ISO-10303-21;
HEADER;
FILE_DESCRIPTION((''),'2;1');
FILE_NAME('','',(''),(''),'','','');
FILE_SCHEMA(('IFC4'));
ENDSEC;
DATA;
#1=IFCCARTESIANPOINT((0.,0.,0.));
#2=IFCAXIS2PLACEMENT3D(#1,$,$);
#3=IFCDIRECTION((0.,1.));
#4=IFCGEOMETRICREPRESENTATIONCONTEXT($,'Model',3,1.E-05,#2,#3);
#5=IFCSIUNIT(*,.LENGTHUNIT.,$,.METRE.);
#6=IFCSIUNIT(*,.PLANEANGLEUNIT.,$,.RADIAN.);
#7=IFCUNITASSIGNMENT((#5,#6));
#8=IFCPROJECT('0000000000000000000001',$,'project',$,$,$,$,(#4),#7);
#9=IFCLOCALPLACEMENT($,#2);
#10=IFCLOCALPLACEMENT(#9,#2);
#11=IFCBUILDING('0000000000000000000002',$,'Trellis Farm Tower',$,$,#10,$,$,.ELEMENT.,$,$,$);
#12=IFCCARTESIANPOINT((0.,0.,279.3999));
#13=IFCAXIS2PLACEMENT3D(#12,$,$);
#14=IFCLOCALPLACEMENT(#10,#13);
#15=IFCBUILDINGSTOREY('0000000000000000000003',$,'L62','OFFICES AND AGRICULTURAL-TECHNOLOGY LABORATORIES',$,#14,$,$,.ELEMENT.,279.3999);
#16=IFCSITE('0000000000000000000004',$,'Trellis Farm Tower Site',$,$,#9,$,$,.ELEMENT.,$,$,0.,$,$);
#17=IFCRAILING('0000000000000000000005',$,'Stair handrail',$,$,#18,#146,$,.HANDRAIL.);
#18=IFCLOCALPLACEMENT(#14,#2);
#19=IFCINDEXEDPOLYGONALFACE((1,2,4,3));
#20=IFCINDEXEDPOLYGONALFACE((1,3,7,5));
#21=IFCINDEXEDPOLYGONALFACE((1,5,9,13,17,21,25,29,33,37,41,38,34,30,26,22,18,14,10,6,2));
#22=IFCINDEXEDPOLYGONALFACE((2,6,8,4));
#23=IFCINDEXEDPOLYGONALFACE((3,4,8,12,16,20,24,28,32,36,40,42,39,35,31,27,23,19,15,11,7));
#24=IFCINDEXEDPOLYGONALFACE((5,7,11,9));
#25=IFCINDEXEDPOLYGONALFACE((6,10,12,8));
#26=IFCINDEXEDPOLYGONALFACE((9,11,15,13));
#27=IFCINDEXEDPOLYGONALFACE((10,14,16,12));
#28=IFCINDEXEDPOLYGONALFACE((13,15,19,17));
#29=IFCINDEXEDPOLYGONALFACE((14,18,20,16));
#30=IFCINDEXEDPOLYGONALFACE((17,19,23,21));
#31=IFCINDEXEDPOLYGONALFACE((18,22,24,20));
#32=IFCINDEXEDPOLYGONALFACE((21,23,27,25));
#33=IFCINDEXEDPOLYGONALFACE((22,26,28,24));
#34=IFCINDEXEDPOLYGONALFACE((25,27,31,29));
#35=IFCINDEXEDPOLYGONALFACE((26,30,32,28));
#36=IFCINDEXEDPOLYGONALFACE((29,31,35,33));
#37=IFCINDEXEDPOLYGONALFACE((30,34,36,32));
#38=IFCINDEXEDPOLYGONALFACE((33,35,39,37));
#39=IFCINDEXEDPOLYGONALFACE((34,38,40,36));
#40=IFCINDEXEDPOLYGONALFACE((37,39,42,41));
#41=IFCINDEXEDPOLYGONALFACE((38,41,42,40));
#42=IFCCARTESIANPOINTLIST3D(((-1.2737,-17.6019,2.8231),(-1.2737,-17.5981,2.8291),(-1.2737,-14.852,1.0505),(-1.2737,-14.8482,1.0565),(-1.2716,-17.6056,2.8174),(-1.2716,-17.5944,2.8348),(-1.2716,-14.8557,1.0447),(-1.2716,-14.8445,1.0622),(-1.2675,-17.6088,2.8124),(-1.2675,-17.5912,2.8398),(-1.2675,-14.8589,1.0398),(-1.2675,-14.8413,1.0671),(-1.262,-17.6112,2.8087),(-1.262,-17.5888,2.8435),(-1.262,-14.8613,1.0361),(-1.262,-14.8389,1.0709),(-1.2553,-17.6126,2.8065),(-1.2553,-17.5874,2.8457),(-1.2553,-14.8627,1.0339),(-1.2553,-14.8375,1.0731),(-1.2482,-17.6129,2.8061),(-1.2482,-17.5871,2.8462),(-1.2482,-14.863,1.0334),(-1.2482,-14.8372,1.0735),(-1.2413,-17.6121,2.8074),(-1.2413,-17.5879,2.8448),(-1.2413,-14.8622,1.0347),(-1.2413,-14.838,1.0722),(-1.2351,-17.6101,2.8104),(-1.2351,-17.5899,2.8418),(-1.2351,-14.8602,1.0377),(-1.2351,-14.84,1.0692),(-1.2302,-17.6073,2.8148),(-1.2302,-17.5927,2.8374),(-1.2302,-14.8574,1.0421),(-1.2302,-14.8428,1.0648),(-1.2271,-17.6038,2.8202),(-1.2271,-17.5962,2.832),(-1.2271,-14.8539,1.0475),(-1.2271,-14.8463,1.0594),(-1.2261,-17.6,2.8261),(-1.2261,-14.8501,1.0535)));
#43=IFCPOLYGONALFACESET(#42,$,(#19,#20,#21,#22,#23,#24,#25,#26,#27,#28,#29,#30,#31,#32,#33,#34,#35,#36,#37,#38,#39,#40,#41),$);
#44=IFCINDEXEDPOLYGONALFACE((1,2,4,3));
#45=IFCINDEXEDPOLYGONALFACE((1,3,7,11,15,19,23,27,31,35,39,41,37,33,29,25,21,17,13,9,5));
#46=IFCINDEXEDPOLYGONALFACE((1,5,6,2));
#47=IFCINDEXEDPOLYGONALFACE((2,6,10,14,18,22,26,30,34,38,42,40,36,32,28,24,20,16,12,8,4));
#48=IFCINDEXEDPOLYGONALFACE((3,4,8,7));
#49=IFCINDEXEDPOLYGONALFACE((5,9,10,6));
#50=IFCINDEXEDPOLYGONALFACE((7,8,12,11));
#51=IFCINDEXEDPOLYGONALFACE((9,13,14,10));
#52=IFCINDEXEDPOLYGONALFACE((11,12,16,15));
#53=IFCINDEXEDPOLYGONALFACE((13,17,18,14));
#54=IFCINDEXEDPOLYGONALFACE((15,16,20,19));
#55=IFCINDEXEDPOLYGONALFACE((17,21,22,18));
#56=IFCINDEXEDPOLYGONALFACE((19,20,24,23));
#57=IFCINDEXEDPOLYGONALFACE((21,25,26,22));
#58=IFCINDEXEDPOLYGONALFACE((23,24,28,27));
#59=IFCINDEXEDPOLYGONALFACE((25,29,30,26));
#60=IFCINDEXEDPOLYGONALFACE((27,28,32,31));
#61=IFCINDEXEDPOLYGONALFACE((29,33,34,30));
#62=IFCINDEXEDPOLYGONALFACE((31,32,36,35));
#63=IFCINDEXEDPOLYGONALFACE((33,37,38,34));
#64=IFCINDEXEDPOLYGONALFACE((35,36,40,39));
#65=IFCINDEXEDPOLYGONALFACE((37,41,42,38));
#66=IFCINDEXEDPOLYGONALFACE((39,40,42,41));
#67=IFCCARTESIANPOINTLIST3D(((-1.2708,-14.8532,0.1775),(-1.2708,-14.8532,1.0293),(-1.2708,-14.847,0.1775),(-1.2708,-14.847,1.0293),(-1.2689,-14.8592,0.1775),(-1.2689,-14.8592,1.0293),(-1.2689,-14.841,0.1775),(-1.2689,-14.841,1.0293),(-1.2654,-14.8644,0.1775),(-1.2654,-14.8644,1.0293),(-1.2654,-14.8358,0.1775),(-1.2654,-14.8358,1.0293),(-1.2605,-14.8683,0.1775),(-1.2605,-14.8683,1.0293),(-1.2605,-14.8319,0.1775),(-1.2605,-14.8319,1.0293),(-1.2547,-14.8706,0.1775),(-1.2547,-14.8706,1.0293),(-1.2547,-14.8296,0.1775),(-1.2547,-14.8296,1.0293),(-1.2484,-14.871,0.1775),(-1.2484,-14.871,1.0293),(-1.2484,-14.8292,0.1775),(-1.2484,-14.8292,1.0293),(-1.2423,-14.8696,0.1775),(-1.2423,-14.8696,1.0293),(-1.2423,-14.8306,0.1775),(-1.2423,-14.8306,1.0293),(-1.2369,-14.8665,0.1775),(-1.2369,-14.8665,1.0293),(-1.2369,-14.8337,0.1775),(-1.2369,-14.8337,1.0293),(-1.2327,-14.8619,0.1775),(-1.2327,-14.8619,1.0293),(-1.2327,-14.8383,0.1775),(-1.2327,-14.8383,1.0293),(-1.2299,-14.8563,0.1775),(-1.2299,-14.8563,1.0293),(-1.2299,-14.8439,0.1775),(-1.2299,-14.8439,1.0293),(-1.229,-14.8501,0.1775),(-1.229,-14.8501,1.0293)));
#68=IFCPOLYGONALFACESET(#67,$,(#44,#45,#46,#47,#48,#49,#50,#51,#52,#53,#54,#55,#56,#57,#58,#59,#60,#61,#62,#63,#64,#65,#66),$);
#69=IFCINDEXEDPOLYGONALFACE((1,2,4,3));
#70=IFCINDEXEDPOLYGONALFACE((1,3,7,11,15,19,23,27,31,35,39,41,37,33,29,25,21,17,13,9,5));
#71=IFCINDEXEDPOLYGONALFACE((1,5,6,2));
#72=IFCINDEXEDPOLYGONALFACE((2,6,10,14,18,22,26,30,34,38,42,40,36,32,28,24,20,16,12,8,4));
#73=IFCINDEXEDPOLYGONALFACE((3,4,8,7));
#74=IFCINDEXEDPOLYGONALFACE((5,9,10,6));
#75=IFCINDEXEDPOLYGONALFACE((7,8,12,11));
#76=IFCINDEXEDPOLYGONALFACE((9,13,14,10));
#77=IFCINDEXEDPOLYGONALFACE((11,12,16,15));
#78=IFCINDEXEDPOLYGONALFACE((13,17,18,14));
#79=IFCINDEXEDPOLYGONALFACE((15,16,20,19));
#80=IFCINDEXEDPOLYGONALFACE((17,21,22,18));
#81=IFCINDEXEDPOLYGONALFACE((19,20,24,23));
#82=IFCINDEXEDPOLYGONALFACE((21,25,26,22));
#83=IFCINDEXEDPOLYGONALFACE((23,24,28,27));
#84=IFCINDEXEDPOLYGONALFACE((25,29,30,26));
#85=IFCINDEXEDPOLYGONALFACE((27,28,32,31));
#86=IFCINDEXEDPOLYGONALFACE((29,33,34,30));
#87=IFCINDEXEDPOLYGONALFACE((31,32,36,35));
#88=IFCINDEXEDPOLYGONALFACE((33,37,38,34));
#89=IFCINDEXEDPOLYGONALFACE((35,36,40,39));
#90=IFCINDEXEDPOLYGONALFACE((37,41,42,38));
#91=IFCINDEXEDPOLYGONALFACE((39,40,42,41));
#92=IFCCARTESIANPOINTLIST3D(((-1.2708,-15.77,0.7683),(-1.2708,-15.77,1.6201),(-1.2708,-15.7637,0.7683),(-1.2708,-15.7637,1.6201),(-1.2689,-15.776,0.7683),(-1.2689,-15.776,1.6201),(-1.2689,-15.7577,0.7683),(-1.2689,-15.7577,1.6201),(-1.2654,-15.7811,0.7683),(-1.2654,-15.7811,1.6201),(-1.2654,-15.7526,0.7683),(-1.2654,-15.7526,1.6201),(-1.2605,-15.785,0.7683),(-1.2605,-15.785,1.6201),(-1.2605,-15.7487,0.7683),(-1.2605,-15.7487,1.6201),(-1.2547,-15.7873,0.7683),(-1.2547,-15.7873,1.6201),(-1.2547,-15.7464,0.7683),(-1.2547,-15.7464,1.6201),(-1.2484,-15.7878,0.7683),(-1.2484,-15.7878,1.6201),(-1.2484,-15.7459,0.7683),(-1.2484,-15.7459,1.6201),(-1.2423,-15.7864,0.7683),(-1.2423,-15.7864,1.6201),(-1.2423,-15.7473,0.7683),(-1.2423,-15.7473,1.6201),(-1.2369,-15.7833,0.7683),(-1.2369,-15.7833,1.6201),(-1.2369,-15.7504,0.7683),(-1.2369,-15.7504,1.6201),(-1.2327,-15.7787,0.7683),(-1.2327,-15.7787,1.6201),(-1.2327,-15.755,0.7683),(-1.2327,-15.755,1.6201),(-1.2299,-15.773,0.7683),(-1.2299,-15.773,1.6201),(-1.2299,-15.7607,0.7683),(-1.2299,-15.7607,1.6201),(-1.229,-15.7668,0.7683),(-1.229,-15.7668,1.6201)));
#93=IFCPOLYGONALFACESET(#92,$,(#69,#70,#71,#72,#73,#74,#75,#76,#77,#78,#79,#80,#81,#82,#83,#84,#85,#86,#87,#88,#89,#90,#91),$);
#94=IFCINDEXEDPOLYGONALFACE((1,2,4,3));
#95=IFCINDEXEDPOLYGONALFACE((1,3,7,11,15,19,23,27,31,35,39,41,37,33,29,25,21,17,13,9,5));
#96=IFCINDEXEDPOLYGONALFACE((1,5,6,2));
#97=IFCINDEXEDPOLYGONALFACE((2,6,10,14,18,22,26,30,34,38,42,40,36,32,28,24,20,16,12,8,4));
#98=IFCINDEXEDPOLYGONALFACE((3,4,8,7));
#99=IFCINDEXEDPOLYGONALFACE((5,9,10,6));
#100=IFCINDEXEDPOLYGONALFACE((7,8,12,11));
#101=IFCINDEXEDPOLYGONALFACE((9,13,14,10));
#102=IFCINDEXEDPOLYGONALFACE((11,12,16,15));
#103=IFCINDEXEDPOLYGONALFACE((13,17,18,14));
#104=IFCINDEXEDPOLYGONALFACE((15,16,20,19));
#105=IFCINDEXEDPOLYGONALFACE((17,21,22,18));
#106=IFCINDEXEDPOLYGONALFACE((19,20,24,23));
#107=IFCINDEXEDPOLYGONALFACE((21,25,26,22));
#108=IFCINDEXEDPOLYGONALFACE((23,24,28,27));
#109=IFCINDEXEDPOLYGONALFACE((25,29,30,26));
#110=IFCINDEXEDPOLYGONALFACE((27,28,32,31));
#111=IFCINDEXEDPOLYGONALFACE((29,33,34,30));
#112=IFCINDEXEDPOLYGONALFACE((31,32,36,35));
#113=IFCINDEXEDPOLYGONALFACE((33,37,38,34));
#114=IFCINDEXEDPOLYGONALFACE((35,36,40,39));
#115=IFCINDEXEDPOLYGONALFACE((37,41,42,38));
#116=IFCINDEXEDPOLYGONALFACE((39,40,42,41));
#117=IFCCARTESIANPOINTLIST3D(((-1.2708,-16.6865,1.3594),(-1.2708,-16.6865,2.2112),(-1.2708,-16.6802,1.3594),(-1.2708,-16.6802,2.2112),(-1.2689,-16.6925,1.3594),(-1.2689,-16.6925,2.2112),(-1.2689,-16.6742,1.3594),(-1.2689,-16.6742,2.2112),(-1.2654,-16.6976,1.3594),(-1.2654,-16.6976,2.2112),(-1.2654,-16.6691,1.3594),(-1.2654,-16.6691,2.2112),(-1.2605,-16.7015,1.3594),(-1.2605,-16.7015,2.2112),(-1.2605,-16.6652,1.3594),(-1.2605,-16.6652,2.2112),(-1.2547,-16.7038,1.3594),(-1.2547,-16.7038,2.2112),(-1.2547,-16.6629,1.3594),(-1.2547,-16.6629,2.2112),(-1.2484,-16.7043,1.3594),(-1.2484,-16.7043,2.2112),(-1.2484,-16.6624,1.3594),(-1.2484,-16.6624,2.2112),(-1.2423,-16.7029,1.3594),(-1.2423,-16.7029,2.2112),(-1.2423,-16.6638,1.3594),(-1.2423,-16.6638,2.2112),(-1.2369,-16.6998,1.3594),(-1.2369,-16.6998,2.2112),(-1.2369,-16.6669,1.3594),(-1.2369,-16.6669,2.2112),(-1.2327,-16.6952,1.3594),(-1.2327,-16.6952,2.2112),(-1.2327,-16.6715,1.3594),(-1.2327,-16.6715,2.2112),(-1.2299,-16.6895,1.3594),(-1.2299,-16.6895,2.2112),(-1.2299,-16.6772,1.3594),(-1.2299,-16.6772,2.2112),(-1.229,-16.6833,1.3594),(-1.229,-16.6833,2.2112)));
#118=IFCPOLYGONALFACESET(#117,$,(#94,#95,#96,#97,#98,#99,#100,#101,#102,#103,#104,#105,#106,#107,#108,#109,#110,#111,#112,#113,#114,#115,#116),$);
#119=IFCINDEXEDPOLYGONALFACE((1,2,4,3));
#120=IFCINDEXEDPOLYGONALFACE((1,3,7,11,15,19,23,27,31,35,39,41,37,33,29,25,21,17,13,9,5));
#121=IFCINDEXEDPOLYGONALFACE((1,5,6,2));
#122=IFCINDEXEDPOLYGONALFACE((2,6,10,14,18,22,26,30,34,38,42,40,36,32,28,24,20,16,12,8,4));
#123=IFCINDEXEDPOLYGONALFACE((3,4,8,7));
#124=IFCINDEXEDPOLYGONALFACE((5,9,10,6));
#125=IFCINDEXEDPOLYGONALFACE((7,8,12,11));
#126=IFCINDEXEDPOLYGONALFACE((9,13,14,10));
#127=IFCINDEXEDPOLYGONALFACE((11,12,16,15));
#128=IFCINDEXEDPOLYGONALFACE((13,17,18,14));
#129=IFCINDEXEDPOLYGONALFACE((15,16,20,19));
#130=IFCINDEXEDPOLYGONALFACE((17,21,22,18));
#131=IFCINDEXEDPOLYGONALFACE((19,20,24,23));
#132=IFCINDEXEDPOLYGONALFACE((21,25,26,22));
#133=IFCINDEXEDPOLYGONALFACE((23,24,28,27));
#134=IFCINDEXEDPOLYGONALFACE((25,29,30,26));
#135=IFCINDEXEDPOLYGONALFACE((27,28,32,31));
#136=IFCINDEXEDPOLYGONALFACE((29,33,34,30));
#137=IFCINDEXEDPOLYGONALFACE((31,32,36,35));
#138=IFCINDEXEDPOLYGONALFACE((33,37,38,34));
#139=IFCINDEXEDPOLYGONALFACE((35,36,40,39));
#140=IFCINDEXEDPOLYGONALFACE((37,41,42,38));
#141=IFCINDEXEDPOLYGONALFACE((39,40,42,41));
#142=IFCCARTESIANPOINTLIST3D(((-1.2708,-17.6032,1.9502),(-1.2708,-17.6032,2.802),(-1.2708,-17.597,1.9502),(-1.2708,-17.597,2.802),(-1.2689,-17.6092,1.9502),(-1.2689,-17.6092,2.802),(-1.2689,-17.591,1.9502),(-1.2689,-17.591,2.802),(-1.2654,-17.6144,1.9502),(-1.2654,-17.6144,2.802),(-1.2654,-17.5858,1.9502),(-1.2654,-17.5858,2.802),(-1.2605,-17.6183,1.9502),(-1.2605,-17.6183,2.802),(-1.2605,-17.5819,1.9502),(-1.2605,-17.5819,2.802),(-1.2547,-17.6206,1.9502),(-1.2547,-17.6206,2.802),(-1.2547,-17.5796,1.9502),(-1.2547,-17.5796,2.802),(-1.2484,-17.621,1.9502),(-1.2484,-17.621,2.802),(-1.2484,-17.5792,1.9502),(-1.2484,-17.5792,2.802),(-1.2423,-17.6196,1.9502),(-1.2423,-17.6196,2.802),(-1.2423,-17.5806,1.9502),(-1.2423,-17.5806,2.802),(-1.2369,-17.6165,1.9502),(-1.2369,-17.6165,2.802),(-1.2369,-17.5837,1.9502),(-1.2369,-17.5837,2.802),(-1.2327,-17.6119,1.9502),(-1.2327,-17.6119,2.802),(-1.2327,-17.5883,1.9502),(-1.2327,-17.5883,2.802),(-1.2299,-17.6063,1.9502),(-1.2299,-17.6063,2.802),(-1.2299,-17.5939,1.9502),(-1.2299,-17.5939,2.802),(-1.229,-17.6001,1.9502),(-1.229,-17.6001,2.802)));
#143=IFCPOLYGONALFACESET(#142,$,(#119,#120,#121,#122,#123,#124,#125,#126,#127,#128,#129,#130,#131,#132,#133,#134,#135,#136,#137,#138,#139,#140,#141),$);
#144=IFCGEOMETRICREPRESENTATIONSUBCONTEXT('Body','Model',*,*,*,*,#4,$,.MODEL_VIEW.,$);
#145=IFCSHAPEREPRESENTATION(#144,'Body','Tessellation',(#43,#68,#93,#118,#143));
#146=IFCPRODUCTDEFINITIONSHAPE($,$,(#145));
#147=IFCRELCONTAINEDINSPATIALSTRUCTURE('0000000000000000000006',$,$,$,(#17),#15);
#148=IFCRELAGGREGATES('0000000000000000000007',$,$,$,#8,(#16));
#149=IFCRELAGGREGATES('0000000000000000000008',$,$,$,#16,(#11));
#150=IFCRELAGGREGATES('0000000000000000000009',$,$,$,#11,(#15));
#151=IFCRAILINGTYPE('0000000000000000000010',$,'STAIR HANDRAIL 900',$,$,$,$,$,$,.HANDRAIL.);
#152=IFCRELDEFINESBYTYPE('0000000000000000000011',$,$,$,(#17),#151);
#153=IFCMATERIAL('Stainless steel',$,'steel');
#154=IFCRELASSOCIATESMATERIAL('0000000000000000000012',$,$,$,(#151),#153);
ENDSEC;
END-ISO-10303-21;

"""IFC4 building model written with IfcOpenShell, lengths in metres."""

from ifc_helpers import new_model, si_unit, direction, frame, origin, origin_2d, place, context, subcontext, project, spatial, circle, extrude, source, transform, mapped, material, type_object, element, save


model = new_model("IFC4")

# Units and contexts
model_context = context("Model", 3, precision=1e-05, world=origin(), true_north=direction((0.0, 1.0)))
body_context = subcontext(model_context, "Body", "Model", "MODEL_VIEW")
ifc_project = project(units=[si_unit("LENGTHUNIT", "METRE"), si_unit("PLANEANGLEUNIT", "RADIAN")], contexts=[model_context])

# Site, building, storey
site_placement = place(None, origin())
site = spatial("IfcSite", under=ifc_project, at=site_placement, Name="Trellis Farm Tower Site", CompositionType="ELEMENT", RefElevation=0.0)
building_placement = place(site_placement, origin())
building = spatial("IfcBuilding", under=site, at=building_placement, Name="Trellis Farm Tower", CompositionType="ELEMENT")
storey_placement = place(building_placement, frame((0.0, 0.0, 279.3999)))
storey = spatial("IfcBuildingStorey", under=building, at=storey_placement, Name="L62", Description="OFFICES AND AGRICULTURAL-TECHNOLOGY LABORATORIES", CompositionType="ELEMENT", Elevation=279.3999)

# Railing
ifc_material_1 = material(Name="Stainless steel", Category="steel")
railing_type = type_object("IfcRailingType", Name="STAIR HANDRAIL 900", PredefinedType="HANDRAIL", material=ifc_material_1)
shared_shape_1 = source(origin(), body_context, "Body", "SweptSolid", [
    extrude(circle(Radius=0.0239, at=origin_2d()), frame((0.0, 0.0, 0.876), z_axis=(0.0, -0.840504, 0.541806), x_axis=(1.0, 0.0, 0.0)), (0.0, 0.0, 1.0), 3.2717),
    extrude(circle(Radius=0.021, at=origin_2d()), origin(), (0.0, 0.0, 1.0), 0.8518),
    extrude(circle(Radius=0.021, at=origin_2d()), frame((0.0, -0.9167, 0.5908)), (0.0, 0.0, 1.0), 0.8518),
    extrude(circle(Radius=0.021, at=origin_2d()), frame((0.0, -1.8333, 1.1819)), (0.0, 0.0, 1.0), 0.8518),
    extrude(circle(Radius=0.021, at=origin_2d()), frame((0.0, -2.75, 1.7727)), (0.0, 0.0, 1.0), 0.8518),
])
railing_placement = place(storey_placement, frame((-1.25, -14.8501, 0.1775)))
element("IfcRailing", 1, at=railing_placement, inside=storey, type_object=railing_type, Name="Stair handrail", PredefinedType="HANDRAIL", context=body_context, shape_type="MappedRepresentation", body=[
    mapped(shared_shape_1, transform((0.0, 0.0, 0.0))),
])

save(model, "model.ifc")
